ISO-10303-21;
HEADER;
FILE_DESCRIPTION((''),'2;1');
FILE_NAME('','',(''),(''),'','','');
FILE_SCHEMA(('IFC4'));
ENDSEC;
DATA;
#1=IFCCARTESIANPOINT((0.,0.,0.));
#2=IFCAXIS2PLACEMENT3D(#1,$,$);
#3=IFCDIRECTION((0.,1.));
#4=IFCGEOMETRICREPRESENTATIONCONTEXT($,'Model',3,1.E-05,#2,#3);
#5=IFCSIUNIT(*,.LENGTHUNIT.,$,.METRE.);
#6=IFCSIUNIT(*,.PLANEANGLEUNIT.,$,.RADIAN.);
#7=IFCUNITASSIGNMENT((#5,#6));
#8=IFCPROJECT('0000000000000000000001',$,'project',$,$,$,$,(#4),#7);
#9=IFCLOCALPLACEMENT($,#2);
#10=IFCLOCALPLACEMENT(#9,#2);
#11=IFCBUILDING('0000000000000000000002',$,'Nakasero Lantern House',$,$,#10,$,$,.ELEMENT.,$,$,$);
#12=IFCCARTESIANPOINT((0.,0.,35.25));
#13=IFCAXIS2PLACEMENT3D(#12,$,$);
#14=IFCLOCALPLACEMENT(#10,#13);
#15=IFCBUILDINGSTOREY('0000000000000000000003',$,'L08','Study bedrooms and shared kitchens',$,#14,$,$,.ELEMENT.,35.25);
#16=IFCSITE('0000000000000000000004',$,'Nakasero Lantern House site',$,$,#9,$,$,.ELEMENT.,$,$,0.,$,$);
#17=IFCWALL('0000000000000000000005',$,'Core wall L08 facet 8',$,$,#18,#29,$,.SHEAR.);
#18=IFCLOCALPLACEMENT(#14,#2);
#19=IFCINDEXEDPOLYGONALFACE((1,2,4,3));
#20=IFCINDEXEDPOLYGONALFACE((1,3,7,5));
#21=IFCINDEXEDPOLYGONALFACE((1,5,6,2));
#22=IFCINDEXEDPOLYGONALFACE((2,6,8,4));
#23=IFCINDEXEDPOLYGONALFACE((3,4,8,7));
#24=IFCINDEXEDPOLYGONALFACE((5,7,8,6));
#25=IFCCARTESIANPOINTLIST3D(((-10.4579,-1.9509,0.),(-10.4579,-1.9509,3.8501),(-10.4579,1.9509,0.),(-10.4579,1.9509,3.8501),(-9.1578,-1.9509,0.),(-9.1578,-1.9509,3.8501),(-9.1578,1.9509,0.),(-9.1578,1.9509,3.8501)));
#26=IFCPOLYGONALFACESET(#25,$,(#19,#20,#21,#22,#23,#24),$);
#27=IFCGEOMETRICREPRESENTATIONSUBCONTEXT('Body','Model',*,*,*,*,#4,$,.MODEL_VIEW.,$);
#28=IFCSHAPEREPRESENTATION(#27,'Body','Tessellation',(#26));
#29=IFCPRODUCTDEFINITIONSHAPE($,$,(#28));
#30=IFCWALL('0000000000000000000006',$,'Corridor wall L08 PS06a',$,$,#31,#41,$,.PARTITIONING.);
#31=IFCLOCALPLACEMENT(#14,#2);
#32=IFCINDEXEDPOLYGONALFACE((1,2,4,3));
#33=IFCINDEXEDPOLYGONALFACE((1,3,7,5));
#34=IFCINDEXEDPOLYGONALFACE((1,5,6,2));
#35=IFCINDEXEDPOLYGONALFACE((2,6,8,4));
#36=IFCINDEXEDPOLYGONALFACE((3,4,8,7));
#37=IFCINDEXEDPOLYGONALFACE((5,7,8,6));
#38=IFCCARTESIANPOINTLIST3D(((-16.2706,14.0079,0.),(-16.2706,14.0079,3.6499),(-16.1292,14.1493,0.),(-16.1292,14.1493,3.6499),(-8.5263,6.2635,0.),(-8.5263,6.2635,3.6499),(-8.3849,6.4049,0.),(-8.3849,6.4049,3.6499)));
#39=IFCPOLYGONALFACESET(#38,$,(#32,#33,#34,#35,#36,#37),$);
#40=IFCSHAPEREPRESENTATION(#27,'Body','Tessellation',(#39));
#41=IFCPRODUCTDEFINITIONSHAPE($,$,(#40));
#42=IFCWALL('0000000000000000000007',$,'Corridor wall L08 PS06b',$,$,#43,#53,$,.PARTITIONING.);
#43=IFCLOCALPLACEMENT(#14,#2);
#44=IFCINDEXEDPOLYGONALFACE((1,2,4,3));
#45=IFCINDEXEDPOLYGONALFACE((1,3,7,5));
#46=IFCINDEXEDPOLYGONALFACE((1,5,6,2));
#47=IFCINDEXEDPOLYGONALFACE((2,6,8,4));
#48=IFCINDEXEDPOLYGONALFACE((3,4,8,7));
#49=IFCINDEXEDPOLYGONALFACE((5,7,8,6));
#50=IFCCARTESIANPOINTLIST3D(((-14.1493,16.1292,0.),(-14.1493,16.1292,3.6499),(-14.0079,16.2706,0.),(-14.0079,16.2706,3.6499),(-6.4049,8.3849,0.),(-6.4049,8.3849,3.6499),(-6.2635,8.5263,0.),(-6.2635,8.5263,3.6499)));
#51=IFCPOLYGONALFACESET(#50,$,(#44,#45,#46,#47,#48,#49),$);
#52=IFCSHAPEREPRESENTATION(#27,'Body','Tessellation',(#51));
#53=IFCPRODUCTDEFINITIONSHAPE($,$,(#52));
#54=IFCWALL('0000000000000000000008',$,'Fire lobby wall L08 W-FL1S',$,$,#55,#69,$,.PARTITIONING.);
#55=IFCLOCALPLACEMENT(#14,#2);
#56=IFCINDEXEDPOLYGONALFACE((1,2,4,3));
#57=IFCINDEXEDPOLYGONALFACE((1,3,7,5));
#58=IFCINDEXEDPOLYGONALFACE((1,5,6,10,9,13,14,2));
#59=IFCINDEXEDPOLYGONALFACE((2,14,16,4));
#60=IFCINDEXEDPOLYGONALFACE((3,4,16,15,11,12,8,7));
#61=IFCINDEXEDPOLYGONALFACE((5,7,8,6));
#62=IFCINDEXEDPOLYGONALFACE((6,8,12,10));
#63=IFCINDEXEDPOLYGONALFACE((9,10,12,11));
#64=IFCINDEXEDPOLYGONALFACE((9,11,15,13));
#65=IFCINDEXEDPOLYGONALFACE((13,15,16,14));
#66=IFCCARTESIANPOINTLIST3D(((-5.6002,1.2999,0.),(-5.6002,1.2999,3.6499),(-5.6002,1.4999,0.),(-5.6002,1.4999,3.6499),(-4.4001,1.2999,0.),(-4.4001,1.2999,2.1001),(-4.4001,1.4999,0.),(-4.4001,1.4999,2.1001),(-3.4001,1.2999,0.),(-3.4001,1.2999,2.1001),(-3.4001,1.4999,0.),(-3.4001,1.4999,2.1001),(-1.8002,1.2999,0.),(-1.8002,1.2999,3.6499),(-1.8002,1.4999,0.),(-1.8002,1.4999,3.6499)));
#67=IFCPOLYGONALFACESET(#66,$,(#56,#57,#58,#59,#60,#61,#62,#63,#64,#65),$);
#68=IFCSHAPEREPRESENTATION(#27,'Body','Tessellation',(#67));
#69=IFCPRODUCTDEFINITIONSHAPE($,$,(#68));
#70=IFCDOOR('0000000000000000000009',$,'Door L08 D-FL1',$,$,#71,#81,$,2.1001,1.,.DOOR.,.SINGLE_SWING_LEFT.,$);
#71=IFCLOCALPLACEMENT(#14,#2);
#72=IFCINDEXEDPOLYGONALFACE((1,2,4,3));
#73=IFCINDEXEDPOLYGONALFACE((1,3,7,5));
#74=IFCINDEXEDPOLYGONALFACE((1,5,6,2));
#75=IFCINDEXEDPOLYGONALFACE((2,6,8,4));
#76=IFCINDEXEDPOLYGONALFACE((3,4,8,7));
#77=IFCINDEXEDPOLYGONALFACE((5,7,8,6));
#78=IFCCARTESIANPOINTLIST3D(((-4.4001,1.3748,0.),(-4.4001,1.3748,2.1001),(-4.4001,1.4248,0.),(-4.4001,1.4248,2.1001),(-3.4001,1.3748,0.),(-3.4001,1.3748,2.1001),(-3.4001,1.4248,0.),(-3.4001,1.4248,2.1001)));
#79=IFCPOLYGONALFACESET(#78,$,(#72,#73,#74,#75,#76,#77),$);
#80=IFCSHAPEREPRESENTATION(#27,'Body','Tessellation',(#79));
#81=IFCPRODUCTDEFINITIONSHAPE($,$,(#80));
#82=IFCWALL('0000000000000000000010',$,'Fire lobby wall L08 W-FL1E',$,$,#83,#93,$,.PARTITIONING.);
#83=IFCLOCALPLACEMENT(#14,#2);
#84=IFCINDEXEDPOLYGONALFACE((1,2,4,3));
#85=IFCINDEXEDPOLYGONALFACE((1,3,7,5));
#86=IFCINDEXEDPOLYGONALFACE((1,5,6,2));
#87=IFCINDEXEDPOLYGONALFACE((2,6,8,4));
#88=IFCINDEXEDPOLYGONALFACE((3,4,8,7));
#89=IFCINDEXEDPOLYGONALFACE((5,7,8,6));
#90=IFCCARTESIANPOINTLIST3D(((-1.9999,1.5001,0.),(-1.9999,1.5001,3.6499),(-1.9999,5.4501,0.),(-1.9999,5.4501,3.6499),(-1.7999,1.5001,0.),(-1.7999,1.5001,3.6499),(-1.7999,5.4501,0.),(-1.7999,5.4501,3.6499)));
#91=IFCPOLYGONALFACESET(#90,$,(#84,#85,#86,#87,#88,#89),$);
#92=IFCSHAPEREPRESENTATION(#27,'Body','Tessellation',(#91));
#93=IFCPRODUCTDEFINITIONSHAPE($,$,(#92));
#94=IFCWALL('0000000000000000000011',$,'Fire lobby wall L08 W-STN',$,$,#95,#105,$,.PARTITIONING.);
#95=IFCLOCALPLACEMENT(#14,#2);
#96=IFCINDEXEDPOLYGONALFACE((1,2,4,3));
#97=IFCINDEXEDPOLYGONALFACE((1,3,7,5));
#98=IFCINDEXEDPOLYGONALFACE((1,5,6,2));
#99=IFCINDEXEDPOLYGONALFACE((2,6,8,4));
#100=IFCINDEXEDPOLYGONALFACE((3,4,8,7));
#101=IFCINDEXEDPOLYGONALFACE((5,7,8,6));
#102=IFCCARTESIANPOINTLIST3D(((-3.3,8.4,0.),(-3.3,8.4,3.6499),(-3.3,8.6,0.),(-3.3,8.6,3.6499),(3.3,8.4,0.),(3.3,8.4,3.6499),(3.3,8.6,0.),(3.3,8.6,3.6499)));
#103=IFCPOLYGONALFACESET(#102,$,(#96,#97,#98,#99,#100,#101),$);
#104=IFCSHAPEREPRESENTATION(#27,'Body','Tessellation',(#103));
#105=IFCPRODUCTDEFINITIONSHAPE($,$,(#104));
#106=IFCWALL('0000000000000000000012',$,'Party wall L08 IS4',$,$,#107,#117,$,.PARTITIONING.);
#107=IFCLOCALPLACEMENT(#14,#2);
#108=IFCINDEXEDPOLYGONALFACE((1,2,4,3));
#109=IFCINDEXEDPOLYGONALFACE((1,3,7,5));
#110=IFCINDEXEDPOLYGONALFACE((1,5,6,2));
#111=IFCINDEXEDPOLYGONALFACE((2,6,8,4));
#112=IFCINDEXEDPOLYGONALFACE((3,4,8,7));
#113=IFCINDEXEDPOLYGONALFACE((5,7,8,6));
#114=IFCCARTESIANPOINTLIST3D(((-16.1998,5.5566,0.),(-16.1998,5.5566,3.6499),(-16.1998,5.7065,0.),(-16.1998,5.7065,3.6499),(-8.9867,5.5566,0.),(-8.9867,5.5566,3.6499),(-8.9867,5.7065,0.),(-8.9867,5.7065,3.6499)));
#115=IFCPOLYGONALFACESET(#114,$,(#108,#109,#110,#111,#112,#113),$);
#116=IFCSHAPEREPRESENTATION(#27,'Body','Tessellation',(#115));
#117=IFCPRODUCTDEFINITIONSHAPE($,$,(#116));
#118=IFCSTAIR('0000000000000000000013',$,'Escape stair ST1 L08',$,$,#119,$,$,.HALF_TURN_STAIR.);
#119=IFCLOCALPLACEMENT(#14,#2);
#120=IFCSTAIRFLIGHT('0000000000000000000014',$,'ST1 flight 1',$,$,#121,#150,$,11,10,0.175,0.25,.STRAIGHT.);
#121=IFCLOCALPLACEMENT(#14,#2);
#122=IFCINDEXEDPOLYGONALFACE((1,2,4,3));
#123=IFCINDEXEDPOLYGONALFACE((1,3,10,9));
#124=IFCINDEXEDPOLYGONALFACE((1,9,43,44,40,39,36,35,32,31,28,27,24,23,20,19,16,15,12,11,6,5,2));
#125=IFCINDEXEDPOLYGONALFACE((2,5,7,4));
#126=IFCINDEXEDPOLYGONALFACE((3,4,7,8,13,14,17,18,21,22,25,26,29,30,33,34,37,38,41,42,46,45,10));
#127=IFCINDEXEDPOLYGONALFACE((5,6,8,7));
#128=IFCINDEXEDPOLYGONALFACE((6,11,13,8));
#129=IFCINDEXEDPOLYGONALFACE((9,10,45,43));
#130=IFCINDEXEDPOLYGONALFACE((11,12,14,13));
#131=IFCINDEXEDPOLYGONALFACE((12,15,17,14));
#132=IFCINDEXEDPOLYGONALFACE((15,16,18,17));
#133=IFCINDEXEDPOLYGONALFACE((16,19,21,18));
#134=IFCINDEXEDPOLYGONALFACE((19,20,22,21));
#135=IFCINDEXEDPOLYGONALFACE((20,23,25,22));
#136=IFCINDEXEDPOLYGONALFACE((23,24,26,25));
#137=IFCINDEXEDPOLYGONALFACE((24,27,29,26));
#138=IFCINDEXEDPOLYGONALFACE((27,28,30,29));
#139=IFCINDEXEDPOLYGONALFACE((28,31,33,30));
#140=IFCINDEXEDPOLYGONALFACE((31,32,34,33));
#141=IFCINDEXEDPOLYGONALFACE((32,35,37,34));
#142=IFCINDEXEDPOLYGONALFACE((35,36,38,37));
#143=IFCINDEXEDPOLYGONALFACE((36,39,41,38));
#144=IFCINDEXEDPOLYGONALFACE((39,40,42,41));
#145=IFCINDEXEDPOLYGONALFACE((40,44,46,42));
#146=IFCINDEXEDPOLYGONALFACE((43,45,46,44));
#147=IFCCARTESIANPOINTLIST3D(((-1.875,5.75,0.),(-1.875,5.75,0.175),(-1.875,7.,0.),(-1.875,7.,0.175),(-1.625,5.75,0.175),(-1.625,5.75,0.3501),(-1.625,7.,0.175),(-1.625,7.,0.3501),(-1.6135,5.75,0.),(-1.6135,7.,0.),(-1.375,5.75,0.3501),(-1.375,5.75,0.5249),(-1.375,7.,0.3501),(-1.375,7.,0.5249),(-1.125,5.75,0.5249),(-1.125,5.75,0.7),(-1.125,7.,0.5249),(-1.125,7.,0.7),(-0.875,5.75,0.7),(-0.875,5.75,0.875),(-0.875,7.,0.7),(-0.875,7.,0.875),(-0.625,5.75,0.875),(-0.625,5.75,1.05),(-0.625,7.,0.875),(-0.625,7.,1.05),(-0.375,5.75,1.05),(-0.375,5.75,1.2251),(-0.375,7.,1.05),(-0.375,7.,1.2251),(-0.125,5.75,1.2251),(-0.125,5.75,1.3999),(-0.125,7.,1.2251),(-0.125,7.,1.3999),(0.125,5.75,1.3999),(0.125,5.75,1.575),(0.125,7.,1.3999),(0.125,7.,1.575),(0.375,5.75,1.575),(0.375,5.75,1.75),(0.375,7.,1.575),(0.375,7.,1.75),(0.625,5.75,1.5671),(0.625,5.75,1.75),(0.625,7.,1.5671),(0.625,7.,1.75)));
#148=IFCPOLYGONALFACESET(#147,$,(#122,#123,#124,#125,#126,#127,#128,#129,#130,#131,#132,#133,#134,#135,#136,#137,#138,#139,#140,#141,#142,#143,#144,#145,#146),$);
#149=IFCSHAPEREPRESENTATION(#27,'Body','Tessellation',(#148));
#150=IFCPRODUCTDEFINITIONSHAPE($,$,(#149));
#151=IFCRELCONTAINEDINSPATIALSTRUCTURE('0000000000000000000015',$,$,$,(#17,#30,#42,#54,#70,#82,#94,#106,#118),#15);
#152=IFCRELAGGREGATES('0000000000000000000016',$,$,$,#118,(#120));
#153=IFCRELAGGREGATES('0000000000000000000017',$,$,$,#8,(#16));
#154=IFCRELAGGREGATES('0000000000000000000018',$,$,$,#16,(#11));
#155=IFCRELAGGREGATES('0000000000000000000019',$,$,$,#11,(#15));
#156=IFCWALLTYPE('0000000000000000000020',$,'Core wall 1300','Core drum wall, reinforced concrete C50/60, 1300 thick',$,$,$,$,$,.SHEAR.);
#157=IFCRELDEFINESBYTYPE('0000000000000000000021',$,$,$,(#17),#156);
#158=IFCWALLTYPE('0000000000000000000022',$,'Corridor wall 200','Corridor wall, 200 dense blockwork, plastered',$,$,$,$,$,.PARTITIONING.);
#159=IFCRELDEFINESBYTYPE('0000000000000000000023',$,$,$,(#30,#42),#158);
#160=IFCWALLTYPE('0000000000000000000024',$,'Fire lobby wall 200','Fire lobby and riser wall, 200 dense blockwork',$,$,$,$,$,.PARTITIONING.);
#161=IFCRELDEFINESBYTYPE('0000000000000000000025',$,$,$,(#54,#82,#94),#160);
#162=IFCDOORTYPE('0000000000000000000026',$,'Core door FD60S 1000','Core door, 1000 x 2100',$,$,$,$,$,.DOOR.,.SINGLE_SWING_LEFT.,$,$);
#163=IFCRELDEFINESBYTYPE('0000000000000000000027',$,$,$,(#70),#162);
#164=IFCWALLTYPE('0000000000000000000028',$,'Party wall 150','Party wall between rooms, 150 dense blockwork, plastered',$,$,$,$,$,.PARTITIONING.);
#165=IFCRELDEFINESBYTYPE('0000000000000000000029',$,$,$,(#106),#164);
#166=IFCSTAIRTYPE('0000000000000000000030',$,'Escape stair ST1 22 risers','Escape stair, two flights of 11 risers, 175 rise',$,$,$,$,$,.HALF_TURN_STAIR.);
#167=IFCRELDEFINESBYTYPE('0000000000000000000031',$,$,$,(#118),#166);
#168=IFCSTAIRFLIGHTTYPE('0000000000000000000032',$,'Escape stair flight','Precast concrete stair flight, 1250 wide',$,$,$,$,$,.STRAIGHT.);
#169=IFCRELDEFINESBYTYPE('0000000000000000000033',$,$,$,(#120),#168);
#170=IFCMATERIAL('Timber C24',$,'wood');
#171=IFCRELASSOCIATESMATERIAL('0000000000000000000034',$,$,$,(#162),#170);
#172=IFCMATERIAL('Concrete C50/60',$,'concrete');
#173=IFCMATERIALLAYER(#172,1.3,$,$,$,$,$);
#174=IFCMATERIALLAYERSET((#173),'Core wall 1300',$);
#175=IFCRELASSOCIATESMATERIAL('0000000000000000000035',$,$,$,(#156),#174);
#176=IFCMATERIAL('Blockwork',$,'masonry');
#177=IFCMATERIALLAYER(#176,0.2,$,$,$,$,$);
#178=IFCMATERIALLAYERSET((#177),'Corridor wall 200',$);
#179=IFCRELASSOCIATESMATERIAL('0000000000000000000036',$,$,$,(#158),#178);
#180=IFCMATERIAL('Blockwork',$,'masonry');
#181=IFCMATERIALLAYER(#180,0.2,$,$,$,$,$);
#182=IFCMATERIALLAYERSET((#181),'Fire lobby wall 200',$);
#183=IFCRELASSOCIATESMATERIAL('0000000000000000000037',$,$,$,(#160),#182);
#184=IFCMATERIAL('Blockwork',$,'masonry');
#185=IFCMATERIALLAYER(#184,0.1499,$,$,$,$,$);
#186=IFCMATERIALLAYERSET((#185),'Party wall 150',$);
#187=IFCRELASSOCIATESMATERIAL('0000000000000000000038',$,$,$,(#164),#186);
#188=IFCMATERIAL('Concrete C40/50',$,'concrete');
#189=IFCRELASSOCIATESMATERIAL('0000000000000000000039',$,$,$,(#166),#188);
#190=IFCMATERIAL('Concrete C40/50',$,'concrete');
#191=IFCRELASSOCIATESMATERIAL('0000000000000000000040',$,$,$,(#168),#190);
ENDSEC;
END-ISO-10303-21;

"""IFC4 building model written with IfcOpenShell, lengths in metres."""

from ifc_helpers import new_model, si_unit, direction, frame, frame_2d, origin, place, context, subcontext, project, spatial, polyline, rectangle, outline, extrude, material, layer, layer_set, type_object, element, fill, aggregate, save


model = new_model("IFC4")

# Units and contexts
model_context = context("Model", 3, precision=1e-05, world=origin(), true_north=direction((0.0, 1.0)))
body_context = subcontext(model_context, "Body", "Model", "MODEL_VIEW")
ifc_project = project(units=[si_unit("LENGTHUNIT", "METRE"), si_unit("PLANEANGLEUNIT", "RADIAN")], contexts=[model_context])

# Site, building, storey
site_placement = place(None, origin())
site = spatial("IfcSite", under=ifc_project, at=site_placement, Name="Nakasero Lantern House site", CompositionType="ELEMENT", RefElevation=0.0)
building_placement = place(site_placement, origin())
building = spatial("IfcBuilding", under=site, at=building_placement, Name="Nakasero Lantern House", CompositionType="ELEMENT")
storey_placement = place(building_placement, frame((0.0, 0.0, 35.25)))
storey = spatial("IfcBuildingStorey", under=building, at=storey_placement, Name="L08", Description="Study bedrooms and shared kitchens", CompositionType="ELEMENT", Elevation=35.25)

# Shared definitions
ifc_material_1 = material(Name="Timber C24", Category="wood")
door_type_1 = type_object("IfcDoorType", Name="Core door FD60S 1000", Description="Core door, 1000 x 2100", OperationType="SINGLE_SWING_LEFT", PredefinedType="DOOR", material=ifc_material_1)

# Shared definitions
ifc_material_2 = material(Name="Concrete C50/60", Category="concrete")
ifc_layer_1 = layer(ifc_material_2, 1.3)
ifc_layer_set_1 = layer_set([ifc_layer_1], Name="Core wall 1300")
wall_type_1 = type_object("IfcWallType", Name="Core wall 1300", Description="Core drum wall, reinforced concrete C50/60, 1300 thick", PredefinedType="SHEAR", material=ifc_layer_set_1)

# Walls
for number, where, z_axis, x_axis, name in (
    (1, (-9.8079, 1.9509, 0.0), (0.0, 0.0, 1.0), (0.0, -1.0, 0.0), "Core wall L08 facet 8"),
):
    element("IfcWall", number, at=place(storey_placement, frame(where, z_axis=z_axis, x_axis=x_axis)), inside=storey, type_object=wall_type_1, Name=name, PredefinedType="SHEAR", context=body_context, shape_type="SweptSolid", body=[
        extrude(rectangle(XDim=3.9019, YDim=1.3, at=frame_2d((1.9509, 0.0))), origin(), (0.0, 0.0, 1.0), 3.8501),
    ])
ifc_material_3 = material(Name="Blockwork", Category="masonry")
ifc_layer_2 = layer(ifc_material_3, 0.2)
ifc_layer_set_2 = layer_set([ifc_layer_2], Name="Corridor wall 200")
wall_type_2 = type_object("IfcWallType", Name="Corridor wall 200", Description="Corridor wall, 200 dense blockwork, plastered", PredefinedType="PARTITIONING", material=ifc_layer_set_2)
for number, where, z_axis, x_axis, name in (
    (2, (-8.4556, 6.3342, 0.0), (0.0, 0.0, 1.0), (-0.707107, 0.707107, 0.0), "Corridor wall L08 PS06a"),
    (3, (-6.3342, 8.4556, 0.0), (0.0, 0.0, 1.0), (-0.707107, 0.707107, 0.0), "Corridor wall L08 PS06b"),
):
    element("IfcWall", number, at=place(storey_placement, frame(where, z_axis=z_axis, x_axis=x_axis)), inside=storey, type_object=wall_type_2, Name=name, PredefinedType="PARTITIONING", context=body_context, shape_type="SweptSolid", body=[
        extrude(rectangle(XDim=10.9521, YDim=0.2, at=frame_2d((5.4761, 0.0))), origin(), (0.0, 0.0, 1.0), 3.6499),
    ])

# Wall, opening, door
ifc_material_4 = material(Name="Blockwork", Category="masonry")
ifc_layer_3 = layer(ifc_material_4, 0.2)
ifc_layer_set_3 = layer_set([ifc_layer_3], Name="Fire lobby wall 200")
wall_type_3 = type_object("IfcWallType", Name="Fire lobby wall 200", Description="Fire lobby and riser wall, 200 dense blockwork", PredefinedType="PARTITIONING", material=ifc_layer_set_3)
wall_1_placement = place(storey_placement, frame((-5.6001, 1.3999, 0.0), z_axis=(0.0, 0.0, 1.0), x_axis=(1.0, 0.0, 0.0)))
wall_1 = element("IfcWall", 4, at=wall_1_placement, inside=storey, type_object=wall_type_3, Name="Fire lobby wall L08 W-FL1S", PredefinedType="PARTITIONING", context=body_context, shape_type="SweptSolid", body=[
    extrude(rectangle(XDim=3.8, YDim=0.2, at=frame_2d((1.8999, 0.0))), origin(), (0.0, 0.0, 1.0), 3.6499),
])
opening_1_placement = place(wall_1_placement, frame((1.2, 0.0, 0.0)))
opening_1 = element("IfcOpeningElement", 5, at=opening_1_placement, cuts=wall_1, PredefinedType="OPENING", context=body_context, shape_type="SweptSolid", body=[
    extrude(rectangle(XDim=1.0, YDim=2.1001, at=frame_2d((0.5, 1.05))), frame((0.0, 0.1199, 0.0), z_axis=(0.0, -1.0, 0.0), x_axis=(1.0, 0.0, 0.0)), (0.0, 0.0, 1.0), 0.24),
])
door_1_placement = place(opening_1_placement, origin())
door_1 = element("IfcDoor", 6, at=door_1_placement, inside=storey, type_object=door_type_1, Name="Door L08 D-FL1", OperationType="SINGLE_SWING_LEFT", OverallHeight=2.1001, OverallWidth=1.0, PredefinedType="DOOR", context=body_context, shape_type="SweptSolid", body=[
    extrude(rectangle(XDim=1.0, YDim=2.1001, at=frame_2d((0.5, 1.05))), frame((0.0, 0.0249, 0.0), z_axis=(0.0, -1.0, 0.0), x_axis=(1.0, 0.0, 0.0)), (0.0, 0.0, 1.0), 0.05),
])
fill(opening_1, door_1)

# Walls
wall_2_placement = place(storey_placement, frame((-1.8999, 1.5, 0.0), z_axis=(0.0, 0.0, 1.0), x_axis=(0.0, 1.0, 0.0)))
element("IfcWall", 7, at=wall_2_placement, inside=storey, type_object=wall_type_3, Name="Fire lobby wall L08 W-FL1E", PredefinedType="PARTITIONING", context=body_context, shape_type="SweptSolid", body=[
    extrude(rectangle(XDim=3.95, YDim=0.2, at=frame_2d((1.9751, 0.0))), origin(), (0.0, 0.0, 1.0), 3.6499),
])
wall_3_placement = place(storey_placement, frame((-3.3, 8.5, 0.0), z_axis=(0.0, 0.0, 1.0), x_axis=(1.0, 0.0, 0.0)))
element("IfcWall", 8, at=wall_3_placement, inside=storey, type_object=wall_type_3, Name="Fire lobby wall L08 W-STN", PredefinedType="PARTITIONING", context=body_context, shape_type="SweptSolid", body=[
    extrude(rectangle(XDim=6.6001, YDim=0.2, at=frame_2d((3.3, 0.0))), origin(), (0.0, 0.0, 1.0), 3.6499),
])
ifc_material_5 = material(Name="Blockwork", Category="masonry")
ifc_layer_4 = layer(ifc_material_5, 0.1499)
ifc_layer_set_4 = layer_set([ifc_layer_4], Name="Party wall 150")
wall_type_4 = type_object("IfcWallType", Name="Party wall 150", Description="Party wall between rooms, 150 dense blockwork, plastered", PredefinedType="PARTITIONING", material=ifc_layer_set_4)
wall_4_placement = place(storey_placement, frame((-8.9868, 5.6316, 0.0), z_axis=(0.0, 0.0, 1.0), x_axis=(-1.0, 0.0, 0.0)))
element("IfcWall", 9, at=wall_4_placement, inside=storey, type_object=wall_type_4, Name="Party wall L08 IS4", PredefinedType="PARTITIONING", context=body_context, shape_type="SweptSolid", body=[
    extrude(rectangle(XDim=7.2131, YDim=0.1499, at=frame_2d((3.6064, 0.0))), origin(), (0.0, 0.0, 1.0), 3.6499),
])

# Stair, stair flight
ifc_material_6 = material(Name="Concrete C40/50", Category="concrete")
stair_type = type_object("IfcStairType", Name="Escape stair ST1 22 risers", Description="Escape stair, two flights of 11 risers, 175 rise", PredefinedType="HALF_TURN_STAIR", material=ifc_material_6)
stair_placement = place(storey_placement, origin())
stair = element("IfcStair", 10, at=stair_placement, inside=storey, type_object=stair_type, Name="Escape stair ST1 L08", PredefinedType="HALF_TURN_STAIR")
ifc_material_7 = material(Name="Concrete C40/50", Category="concrete")
stair_flight_type = type_object("IfcStairFlightType", Name="Escape stair flight", Description="Precast concrete stair flight, 1250 wide", PredefinedType="STRAIGHT", material=ifc_material_7)
stair_flight_placement = place(storey_placement, frame((-1.875, 6.375, 0.0), z_axis=(0.0, 0.0, 1.0), x_axis=(1.0, 0.0, 0.0)))
stair_flight = element("IfcStairFlight", 11, at=stair_flight_placement, type_object=stair_flight_type, Name="ST1 flight 1", NumberOfRisers=11, NumberOfTreads=10, PredefinedType="STRAIGHT", RiserHeight=0.175, TreadLength=0.25, context=body_context, shape_type="SweptSolid", body=[
    extrude(outline(polyline([(0.0, 0.0), (0.0, 0.175), (0.25, 0.175), (0.25, 0.3501), (0.5, 0.3501), (0.5, 0.5249), (0.75, 0.5249), (0.75, 0.7), (1.0, 0.7), (1.0, 0.875), (1.25, 0.875), (1.25, 1.05), (1.5, 1.05), (1.5, 1.2251), (1.75, 1.2251), (1.75, 1.3999), (2.0, 1.3999), (2.0, 1.575), (2.25, 1.575), (2.25, 1.75), (2.5, 1.75), (2.5, 1.925), (2.5, 1.5671), (0.2615, 0.0), (0.0, 0.0)])), frame((0.0, 0.625, 0.0), z_axis=(0.0, -1.0, 0.0), x_axis=(1.0, 0.0, 0.0)), (0.0, 0.0, 1.0), 1.25),
])
aggregate(stair, [stair_flight])

save(model, "model.ifc")
